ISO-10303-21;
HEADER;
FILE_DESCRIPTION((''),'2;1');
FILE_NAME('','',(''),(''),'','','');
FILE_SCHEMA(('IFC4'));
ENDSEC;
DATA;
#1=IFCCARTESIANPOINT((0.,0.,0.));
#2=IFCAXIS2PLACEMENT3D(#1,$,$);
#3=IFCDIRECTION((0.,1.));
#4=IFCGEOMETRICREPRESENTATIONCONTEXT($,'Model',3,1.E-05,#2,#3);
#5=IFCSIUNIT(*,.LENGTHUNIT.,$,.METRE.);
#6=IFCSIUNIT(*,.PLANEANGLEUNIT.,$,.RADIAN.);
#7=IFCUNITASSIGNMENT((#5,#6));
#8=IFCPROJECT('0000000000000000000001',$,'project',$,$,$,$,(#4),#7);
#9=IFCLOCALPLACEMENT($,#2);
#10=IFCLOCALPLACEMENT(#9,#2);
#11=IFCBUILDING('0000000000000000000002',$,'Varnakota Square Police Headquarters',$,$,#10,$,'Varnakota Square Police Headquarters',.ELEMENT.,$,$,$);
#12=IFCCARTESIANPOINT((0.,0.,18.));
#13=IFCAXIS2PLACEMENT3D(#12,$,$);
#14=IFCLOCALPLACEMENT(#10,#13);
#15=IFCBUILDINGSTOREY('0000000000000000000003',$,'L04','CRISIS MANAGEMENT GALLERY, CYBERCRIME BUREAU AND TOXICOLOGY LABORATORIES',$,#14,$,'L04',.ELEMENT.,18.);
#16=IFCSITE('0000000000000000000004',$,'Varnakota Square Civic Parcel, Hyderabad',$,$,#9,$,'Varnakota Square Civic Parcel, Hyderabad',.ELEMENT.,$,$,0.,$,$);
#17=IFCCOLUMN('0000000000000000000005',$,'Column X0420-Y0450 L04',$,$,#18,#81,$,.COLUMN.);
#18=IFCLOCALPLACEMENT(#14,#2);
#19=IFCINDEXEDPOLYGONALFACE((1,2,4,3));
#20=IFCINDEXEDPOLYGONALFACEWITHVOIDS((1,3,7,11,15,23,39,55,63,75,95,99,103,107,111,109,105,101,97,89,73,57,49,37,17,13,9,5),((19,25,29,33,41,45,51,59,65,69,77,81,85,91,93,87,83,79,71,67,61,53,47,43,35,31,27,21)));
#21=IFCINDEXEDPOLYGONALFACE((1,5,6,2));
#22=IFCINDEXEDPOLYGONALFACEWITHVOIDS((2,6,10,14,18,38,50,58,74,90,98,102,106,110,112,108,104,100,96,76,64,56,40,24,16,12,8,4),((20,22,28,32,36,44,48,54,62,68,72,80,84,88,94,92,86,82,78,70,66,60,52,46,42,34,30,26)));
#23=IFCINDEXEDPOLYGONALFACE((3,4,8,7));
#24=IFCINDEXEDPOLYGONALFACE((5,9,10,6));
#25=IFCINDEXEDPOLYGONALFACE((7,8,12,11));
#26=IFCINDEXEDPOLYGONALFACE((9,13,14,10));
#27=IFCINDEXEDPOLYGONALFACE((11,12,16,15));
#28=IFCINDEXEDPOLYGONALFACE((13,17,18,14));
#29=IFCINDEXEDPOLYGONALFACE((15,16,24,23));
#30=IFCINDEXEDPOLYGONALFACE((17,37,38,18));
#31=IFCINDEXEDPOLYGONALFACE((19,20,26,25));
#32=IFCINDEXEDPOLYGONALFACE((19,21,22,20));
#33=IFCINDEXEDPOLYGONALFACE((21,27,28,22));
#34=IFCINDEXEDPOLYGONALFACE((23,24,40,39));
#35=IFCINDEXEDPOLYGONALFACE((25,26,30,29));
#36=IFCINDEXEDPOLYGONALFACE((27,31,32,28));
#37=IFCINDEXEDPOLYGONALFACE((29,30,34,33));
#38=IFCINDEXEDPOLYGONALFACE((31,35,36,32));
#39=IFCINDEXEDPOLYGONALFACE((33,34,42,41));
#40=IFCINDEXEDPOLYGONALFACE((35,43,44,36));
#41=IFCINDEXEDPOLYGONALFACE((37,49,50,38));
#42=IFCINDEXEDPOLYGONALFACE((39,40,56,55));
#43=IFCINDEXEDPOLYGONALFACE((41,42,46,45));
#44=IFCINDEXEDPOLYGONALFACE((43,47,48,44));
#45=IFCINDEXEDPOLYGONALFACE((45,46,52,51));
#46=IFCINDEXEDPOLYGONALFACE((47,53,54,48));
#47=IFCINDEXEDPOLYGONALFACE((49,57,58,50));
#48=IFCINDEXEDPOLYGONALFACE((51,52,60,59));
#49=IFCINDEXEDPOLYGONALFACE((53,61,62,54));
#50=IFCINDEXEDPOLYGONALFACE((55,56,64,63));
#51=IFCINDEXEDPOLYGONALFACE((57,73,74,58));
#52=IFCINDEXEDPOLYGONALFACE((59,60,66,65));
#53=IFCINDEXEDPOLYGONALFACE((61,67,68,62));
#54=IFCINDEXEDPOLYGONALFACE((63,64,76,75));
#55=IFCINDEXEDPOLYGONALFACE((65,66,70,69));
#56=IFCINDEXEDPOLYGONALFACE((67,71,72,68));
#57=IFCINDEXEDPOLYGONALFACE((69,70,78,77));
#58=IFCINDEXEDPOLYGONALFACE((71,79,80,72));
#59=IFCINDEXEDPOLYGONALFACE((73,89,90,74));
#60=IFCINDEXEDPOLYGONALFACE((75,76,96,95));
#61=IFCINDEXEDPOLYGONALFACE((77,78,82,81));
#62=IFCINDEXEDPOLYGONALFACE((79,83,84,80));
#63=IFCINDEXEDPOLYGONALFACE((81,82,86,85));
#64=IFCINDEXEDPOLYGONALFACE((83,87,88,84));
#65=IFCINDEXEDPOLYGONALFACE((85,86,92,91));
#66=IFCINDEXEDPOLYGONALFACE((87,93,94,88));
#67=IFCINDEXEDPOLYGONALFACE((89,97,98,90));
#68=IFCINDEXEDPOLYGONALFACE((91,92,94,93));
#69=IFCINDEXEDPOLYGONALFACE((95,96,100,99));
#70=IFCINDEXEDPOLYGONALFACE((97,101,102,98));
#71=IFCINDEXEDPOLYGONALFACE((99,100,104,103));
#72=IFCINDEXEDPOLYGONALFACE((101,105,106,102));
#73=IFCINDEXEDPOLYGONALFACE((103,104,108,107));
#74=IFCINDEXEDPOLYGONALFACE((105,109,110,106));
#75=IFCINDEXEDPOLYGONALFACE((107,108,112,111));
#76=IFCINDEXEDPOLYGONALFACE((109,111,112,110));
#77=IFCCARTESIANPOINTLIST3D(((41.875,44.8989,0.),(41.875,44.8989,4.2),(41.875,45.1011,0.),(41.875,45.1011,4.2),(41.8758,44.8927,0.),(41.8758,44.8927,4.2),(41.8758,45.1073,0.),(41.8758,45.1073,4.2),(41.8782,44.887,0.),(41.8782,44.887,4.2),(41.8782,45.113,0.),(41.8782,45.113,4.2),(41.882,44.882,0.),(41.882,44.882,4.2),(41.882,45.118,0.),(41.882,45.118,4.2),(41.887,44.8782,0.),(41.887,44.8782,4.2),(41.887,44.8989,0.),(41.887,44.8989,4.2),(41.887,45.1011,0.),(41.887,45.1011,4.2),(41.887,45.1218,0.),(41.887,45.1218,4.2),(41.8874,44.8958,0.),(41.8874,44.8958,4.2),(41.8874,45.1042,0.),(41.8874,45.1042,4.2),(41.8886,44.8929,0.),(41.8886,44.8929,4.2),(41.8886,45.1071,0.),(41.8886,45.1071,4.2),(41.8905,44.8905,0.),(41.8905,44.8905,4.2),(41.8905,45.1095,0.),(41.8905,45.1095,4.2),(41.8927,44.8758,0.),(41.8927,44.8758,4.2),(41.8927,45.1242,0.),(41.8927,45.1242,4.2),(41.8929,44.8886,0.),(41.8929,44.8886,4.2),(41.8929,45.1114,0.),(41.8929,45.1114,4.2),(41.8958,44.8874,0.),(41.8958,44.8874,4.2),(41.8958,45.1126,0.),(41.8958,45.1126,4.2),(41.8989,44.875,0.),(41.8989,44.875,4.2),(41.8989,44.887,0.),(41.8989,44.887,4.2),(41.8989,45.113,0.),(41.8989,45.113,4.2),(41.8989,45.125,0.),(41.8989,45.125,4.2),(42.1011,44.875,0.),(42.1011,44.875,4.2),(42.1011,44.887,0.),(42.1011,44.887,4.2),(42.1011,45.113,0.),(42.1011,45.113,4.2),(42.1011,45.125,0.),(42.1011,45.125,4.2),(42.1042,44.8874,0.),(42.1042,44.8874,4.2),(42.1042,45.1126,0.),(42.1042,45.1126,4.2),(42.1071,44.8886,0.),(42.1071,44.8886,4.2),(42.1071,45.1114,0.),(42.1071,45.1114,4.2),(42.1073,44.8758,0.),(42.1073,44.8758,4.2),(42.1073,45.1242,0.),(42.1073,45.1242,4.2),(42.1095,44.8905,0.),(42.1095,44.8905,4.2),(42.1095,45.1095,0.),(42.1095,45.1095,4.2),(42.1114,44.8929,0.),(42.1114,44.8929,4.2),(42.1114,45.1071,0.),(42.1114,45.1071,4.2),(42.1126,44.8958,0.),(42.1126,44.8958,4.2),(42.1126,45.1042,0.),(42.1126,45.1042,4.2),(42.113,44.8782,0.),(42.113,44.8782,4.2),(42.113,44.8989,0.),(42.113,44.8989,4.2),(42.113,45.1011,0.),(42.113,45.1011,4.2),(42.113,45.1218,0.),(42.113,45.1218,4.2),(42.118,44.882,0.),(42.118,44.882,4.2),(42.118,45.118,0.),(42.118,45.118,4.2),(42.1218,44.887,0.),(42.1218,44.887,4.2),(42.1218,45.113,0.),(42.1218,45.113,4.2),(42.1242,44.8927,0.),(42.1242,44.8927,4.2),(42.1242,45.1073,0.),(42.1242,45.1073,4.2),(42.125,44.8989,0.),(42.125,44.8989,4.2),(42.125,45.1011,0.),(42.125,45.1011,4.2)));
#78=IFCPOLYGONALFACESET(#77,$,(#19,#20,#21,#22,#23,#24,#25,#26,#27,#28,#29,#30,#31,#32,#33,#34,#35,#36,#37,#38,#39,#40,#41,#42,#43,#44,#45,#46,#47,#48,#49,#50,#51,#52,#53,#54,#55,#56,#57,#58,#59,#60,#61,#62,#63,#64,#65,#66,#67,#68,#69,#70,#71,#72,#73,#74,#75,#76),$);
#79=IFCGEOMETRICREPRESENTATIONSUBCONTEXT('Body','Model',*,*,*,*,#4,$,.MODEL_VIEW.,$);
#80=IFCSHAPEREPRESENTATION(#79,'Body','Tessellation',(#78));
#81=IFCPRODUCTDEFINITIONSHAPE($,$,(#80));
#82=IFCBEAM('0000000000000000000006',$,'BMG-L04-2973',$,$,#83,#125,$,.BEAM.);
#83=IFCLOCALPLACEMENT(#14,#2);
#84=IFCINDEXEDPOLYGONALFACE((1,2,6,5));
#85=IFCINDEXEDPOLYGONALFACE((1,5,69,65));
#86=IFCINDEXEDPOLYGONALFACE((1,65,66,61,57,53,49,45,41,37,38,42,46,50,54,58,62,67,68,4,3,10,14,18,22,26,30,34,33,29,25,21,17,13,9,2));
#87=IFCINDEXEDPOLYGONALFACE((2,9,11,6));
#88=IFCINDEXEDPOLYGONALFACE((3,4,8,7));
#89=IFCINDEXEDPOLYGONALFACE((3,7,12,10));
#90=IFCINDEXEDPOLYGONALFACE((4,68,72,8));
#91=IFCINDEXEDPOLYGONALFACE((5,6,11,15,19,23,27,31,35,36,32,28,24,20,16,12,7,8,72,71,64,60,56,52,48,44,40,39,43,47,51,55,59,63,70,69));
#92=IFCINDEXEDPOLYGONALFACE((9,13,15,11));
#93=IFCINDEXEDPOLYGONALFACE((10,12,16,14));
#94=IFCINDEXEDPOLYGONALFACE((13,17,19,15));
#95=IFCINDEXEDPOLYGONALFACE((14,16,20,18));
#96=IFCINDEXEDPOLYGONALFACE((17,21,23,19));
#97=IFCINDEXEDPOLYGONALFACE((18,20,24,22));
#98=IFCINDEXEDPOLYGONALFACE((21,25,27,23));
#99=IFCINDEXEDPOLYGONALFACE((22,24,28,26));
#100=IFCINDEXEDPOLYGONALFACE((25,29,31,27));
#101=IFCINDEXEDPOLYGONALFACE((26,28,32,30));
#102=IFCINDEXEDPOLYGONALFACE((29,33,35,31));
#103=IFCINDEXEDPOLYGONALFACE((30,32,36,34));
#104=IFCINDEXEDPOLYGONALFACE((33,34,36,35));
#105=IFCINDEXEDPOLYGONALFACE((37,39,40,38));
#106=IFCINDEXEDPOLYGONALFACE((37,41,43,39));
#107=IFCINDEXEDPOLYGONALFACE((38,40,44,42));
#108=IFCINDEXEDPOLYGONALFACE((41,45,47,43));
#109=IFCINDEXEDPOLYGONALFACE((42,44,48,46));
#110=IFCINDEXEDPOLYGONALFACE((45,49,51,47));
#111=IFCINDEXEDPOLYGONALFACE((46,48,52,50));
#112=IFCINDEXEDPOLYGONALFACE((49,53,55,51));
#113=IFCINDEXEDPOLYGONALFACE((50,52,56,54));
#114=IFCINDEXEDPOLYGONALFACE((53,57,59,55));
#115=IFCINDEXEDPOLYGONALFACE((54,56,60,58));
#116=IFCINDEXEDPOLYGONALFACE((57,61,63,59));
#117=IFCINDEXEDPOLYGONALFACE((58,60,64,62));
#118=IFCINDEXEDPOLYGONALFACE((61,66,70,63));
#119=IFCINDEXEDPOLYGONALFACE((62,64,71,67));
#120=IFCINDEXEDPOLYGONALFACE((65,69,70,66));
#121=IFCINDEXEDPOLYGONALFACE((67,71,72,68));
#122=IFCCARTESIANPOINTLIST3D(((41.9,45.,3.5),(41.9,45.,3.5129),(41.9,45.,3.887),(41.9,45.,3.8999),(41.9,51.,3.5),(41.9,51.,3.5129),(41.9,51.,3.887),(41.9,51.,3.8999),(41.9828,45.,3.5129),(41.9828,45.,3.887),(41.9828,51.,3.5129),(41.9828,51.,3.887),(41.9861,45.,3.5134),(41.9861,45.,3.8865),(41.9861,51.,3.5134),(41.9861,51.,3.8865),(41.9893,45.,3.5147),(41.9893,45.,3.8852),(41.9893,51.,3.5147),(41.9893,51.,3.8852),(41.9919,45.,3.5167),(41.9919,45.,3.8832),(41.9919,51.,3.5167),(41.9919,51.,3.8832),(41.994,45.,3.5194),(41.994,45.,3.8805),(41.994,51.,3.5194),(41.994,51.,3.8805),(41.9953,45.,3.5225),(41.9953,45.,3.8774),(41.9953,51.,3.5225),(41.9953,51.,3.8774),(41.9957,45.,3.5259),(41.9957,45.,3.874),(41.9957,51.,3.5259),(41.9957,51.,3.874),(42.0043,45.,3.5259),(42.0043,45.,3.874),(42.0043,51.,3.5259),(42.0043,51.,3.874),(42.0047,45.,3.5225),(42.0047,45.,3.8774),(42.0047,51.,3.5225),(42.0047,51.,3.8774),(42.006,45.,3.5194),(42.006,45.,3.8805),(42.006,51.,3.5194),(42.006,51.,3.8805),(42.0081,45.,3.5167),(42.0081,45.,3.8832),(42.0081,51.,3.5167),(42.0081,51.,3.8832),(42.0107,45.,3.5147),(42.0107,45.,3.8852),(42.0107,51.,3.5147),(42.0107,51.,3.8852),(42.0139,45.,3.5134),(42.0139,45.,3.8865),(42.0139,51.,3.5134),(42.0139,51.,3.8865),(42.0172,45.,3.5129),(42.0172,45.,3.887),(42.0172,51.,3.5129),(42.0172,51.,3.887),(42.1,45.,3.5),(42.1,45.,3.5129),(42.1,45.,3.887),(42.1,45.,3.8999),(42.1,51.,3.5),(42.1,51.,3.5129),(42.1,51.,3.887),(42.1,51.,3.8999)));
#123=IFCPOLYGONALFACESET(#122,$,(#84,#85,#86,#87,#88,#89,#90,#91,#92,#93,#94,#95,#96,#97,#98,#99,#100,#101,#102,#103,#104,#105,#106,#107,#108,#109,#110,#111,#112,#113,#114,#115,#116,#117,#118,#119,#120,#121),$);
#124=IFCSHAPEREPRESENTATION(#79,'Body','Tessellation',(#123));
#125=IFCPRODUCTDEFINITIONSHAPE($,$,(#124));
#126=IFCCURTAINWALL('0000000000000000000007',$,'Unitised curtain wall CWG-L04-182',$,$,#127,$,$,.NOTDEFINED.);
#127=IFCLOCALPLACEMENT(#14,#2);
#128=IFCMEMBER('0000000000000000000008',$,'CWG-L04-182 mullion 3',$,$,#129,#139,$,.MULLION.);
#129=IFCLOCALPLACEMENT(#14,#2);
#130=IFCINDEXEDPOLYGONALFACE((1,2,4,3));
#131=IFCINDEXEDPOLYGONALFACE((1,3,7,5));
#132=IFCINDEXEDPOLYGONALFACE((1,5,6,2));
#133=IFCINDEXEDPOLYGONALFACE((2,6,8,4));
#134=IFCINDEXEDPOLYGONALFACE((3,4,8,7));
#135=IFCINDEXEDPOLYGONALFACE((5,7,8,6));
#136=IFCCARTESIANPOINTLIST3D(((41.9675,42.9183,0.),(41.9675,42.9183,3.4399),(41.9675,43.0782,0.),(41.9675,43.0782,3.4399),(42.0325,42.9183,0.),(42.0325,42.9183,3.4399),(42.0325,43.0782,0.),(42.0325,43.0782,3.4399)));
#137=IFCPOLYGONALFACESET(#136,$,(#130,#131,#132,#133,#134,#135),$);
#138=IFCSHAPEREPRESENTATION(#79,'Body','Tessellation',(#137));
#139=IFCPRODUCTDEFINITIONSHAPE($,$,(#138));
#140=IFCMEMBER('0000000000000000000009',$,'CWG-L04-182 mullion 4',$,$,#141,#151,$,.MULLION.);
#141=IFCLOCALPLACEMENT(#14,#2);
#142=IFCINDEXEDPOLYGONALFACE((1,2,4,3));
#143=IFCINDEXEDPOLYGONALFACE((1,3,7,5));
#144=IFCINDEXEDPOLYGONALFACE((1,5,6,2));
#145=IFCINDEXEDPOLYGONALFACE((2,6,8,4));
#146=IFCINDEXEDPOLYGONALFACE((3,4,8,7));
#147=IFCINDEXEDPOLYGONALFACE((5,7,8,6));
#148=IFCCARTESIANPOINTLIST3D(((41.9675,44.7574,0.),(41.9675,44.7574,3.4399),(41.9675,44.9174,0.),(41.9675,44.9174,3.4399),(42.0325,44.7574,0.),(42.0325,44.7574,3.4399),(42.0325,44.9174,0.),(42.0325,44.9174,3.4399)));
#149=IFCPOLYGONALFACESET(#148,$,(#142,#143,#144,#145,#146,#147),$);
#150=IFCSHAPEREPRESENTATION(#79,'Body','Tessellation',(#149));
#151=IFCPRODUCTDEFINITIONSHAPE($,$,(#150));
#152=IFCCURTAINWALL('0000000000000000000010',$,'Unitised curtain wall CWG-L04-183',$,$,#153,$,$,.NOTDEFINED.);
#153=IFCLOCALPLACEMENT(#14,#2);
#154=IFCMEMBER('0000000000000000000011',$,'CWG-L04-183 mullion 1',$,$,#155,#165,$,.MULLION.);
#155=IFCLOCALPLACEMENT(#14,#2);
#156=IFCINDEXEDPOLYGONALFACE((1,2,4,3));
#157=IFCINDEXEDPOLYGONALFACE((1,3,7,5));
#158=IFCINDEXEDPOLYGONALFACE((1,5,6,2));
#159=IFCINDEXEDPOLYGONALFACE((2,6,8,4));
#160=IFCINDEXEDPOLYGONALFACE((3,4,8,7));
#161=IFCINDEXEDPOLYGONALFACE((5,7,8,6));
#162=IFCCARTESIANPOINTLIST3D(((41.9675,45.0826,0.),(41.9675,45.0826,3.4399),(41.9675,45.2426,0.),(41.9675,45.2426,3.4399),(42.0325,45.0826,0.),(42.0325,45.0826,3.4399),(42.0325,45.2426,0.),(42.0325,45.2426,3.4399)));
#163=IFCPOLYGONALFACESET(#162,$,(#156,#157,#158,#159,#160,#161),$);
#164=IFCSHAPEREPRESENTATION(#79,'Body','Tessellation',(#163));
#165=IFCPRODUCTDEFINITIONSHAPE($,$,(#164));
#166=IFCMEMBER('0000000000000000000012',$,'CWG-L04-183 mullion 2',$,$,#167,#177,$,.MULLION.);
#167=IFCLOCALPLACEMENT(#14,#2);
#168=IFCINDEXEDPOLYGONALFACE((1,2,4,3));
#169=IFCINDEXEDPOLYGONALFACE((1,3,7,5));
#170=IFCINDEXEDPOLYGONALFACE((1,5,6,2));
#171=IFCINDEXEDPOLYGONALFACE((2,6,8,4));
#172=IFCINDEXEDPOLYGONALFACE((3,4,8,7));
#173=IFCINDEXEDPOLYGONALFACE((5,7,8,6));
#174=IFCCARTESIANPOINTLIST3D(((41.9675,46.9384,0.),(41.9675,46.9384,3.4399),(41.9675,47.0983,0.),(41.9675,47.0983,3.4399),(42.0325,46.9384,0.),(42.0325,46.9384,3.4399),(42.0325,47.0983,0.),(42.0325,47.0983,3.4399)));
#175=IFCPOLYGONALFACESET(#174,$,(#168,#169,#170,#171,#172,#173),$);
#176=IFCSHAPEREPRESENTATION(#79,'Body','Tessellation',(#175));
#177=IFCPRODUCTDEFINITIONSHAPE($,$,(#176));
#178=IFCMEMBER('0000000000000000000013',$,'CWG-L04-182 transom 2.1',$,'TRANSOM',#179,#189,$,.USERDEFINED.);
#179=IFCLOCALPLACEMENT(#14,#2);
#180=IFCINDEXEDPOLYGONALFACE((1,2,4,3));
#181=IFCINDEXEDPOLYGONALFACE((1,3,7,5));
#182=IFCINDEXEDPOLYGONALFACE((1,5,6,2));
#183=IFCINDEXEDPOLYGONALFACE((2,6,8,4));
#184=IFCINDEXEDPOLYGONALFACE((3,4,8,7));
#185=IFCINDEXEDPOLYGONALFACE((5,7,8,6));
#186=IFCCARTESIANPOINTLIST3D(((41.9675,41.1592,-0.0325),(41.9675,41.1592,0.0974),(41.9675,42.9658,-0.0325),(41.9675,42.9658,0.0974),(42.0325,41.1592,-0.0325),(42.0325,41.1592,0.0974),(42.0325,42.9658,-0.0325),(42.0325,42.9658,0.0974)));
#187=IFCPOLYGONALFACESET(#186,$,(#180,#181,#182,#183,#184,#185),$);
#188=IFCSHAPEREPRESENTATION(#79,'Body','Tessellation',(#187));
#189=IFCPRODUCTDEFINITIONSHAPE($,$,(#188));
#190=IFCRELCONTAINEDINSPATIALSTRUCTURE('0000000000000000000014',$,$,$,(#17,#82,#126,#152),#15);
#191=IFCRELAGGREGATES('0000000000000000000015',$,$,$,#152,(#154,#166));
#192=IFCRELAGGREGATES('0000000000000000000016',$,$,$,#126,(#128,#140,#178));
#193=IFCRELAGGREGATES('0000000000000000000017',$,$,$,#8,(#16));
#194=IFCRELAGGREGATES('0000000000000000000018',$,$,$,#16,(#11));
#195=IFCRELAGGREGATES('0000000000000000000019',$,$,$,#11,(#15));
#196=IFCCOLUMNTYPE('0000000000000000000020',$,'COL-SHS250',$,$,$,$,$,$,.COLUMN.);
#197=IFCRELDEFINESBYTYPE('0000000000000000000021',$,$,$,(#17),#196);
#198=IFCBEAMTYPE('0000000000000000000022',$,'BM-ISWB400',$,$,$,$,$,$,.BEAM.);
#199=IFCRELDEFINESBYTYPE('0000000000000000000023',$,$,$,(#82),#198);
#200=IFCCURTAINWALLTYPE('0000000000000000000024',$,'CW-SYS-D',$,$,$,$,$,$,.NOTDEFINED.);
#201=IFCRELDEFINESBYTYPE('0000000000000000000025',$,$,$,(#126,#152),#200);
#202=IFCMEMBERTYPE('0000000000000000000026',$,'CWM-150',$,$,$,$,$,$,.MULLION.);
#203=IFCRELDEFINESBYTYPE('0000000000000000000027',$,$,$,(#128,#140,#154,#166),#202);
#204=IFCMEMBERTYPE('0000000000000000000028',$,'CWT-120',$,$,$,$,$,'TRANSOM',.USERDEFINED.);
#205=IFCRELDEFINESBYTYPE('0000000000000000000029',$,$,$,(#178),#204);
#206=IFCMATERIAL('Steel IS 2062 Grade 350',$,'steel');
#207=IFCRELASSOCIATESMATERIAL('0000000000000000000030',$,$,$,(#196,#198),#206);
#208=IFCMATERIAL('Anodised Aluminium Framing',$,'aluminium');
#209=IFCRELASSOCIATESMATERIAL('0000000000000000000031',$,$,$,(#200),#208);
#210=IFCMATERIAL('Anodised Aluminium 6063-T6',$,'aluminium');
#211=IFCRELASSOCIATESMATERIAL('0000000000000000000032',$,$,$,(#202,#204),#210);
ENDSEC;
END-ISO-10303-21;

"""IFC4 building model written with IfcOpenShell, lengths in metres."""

from ifc_helpers import new_model, si_unit, direction, frame, origin, origin_2d, place, context, subcontext, project, spatial, rectangle, hollow_rectangle, i_section, extrude, material, material_profile, profile_set, type_object, element, aggregate, save


model = new_model("IFC4")

# Units and contexts
model_context = context("Model", 3, precision=1e-05, world=origin(), true_north=direction((0.0, 1.0)))
body_context = subcontext(model_context, "Body", "Model", "MODEL_VIEW")
ifc_project = project(units=[si_unit("LENGTHUNIT", "METRE"), si_unit("PLANEANGLEUNIT", "RADIAN")], contexts=[model_context])

# Site, building, storey
site_placement = place(None, origin())
site = spatial("IfcSite", under=ifc_project, at=site_placement, Name="Varnakota Square Civic Parcel, Hyderabad", LongName="Varnakota Square Civic Parcel, Hyderabad", CompositionType="ELEMENT", RefElevation=0.0)
building_placement = place(site_placement, origin())
building = spatial("IfcBuilding", under=site, at=building_placement, Name="Varnakota Square Police Headquarters", LongName="Varnakota Square Police Headquarters", CompositionType="ELEMENT")
storey_placement = place(building_placement, frame((0.0, 0.0, 18.0)))
storey = spatial("IfcBuildingStorey", under=building, at=storey_placement, Name="L04", Description="CRISIS MANAGEMENT GALLERY, CYBERCRIME BUREAU AND TOXICOLOGY LABORATORIES", LongName="L04", CompositionType="ELEMENT", Elevation=18.0)

# Column
ifc_material_1 = material(Name="Steel IS 2062 Grade 350", Category="steel")
ifc_material_profile_1 = material_profile(ifc_material_1, hollow_rectangle(XDim=0.25, YDim=0.25, WallThickness=0.012, InnerFilletRadius=0.012, OuterFilletRadius=0.0239, at=origin_2d()), Name="SHS 250x250x12")
ifc_profile_set_1 = profile_set([ifc_material_profile_1], Name="Steel IS 2062 Grade 350")
column_type = type_object("IfcColumnType", Name="COL-SHS250", PredefinedType="COLUMN", material=ifc_profile_set_1)
column_placement = place(storey_placement, frame((42.0, 45.0, 0.0), z_axis=(0.0, 0.0, 1.0), x_axis=(1.0, 0.0, 0.0)))
element("IfcColumn", 1, at=column_placement, inside=storey, type_object=column_type, Name="Column X0420-Y0450 L04", PredefinedType="COLUMN", context=body_context, shape_type="SweptSolid", body=[
    extrude(hollow_rectangle(XDim=0.25, YDim=0.25, WallThickness=0.012, InnerFilletRadius=0.012, OuterFilletRadius=0.0239, at=origin_2d()), origin(), (0.0, 0.0, 1.0), 4.2),
])

# Beam
ifc_material_profile_2 = material_profile(ifc_material_1, i_section(OverallWidth=0.2, OverallDepth=0.3999, WebThickness=0.0085, FlangeThickness=0.0129, FilletRadius=0.0129, at=origin_2d()), Name="ISWB 400")
ifc_profile_set_2 = profile_set([ifc_material_profile_2], Name="Steel IS 2062 Grade 350")
beam_type = type_object("IfcBeamType", Name="BM-ISWB400", PredefinedType="BEAM", material=ifc_profile_set_2)
beam_placement = place(storey_placement, frame((42.0, 45.0, 3.7), z_axis=(0.0, 1.0, 0.0), x_axis=(-1.0, 0.0, 0.0)))
element("IfcBeam", 2, at=beam_placement, inside=storey, type_object=beam_type, Name="BMG-L04-2973", PredefinedType="BEAM", context=body_context, shape_type="SweptSolid", body=[
    extrude(i_section(OverallWidth=0.2, OverallDepth=0.3999, WebThickness=0.0085, FlangeThickness=0.0129, FilletRadius=0.0129, at=origin_2d()), origin(), (0.0, 0.0, 1.0), 6.0),
])

# Curtain walls, members
ifc_material_2 = material(Name="Anodised Aluminium Framing", Category="aluminium")
curtain_wall_type = type_object("IfcCurtainWallType", Name="CW-SYS-D", PredefinedType="NOTDEFINED", material=ifc_material_2)
curtain_wall_1_placement = place(storey_placement, origin())
curtain_wall_1 = element("IfcCurtainWall", 3, at=curtain_wall_1_placement, inside=storey, type_object=curtain_wall_type, Name="Unitised curtain wall CWG-L04-182", PredefinedType="NOTDEFINED")
ifc_material_3 = material(Name="Anodised Aluminium 6063-T6", Category="aluminium")
ifc_material_profile_3 = material_profile(ifc_material_3, rectangle(XDim=0.0649, YDim=0.1599, at=origin_2d()), Name="ALU MULLION 65x160")
ifc_profile_set_3 = profile_set([ifc_material_profile_3], Name="Anodised Aluminium 6063-T6")
member_type_1 = type_object("IfcMemberType", Name="CWM-150", PredefinedType="MULLION", material=ifc_profile_set_3)
member_1_placement = place(storey_placement, frame((42.0, 42.9983, 0.0), z_axis=(0.0, 0.0, 1.0), x_axis=(-1.0, 0.0, 0.0)))
member_1 = element("IfcMember", 4, at=member_1_placement, type_object=member_type_1, Name="CWG-L04-182 mullion 3", PredefinedType="MULLION", context=body_context, shape_type="SweptSolid", body=[
    extrude(rectangle(XDim=0.0649, YDim=0.1599, at=origin_2d()), origin(), (0.0, 0.0, 1.0), 3.4399),
])
member_2_placement = place(storey_placement, frame((42.0, 44.8374, 0.0), z_axis=(0.0, 0.0, 1.0), x_axis=(-1.0, 0.0, 0.0)))
member_2 = element("IfcMember", 5, at=member_2_placement, type_object=member_type_1, Name="CWG-L04-182 mullion 4", PredefinedType="MULLION", context=body_context, shape_type="SweptSolid", body=[
    extrude(rectangle(XDim=0.0649, YDim=0.1599, at=origin_2d()), origin(), (0.0, 0.0, 1.0), 3.4399),
])
curtain_wall_2_placement = place(storey_placement, origin())
curtain_wall_2 = element("IfcCurtainWall", 6, at=curtain_wall_2_placement, inside=storey, type_object=curtain_wall_type, Name="Unitised curtain wall CWG-L04-183", PredefinedType="NOTDEFINED")
member_3_placement = place(storey_placement, frame((42.0, 45.1626, 0.0), z_axis=(0.0, 0.0, 1.0), x_axis=(-1.0, 0.0, 0.0)))
member_3 = element("IfcMember", 7, at=member_3_placement, type_object=member_type_1, Name="CWG-L04-183 mullion 1", PredefinedType="MULLION", context=body_context, shape_type="SweptSolid", body=[
    extrude(rectangle(XDim=0.0649, YDim=0.1599, at=origin_2d()), origin(), (0.0, 0.0, 1.0), 3.4399),
])
member_4_placement = place(storey_placement, frame((42.0, 47.0183, 0.0), z_axis=(0.0, 0.0, 1.0), x_axis=(-1.0, 0.0, 0.0)))
member_4 = element("IfcMember", 8, at=member_4_placement, type_object=member_type_1, Name="CWG-L04-183 mullion 2", PredefinedType="MULLION", context=body_context, shape_type="SweptSolid", body=[
    extrude(rectangle(XDim=0.0649, YDim=0.1599, at=origin_2d()), origin(), (0.0, 0.0, 1.0), 3.4399),
])

# Member
ifc_material_profile_4 = material_profile(ifc_material_3, rectangle(XDim=0.0649, YDim=0.1299, at=origin_2d()), Name="ALU TRANSOM 65x130")
ifc_profile_set_4 = profile_set([ifc_material_profile_4], Name="Anodised Aluminium 6063-T6")
member_type_2 = type_object("IfcMemberType", Name="CWT-120", ElementType="TRANSOM", PredefinedType="USERDEFINED", material=ifc_profile_set_4)
member_5_placement = place(storey_placement, frame((42.0, 41.1592, 0.0325), z_axis=(0.0, 1.0, 0.0), x_axis=(-1.0, 0.0, 0.0)))
member_5 = element("IfcMember", 9, at=member_5_placement, type_object=member_type_2, Name="CWG-L04-182 transom 2.1", ObjectType="TRANSOM", PredefinedType="USERDEFINED", context=body_context, shape_type="SweptSolid", body=[
    extrude(rectangle(XDim=0.0649, YDim=0.1299, at=origin_2d()), origin(), (0.0, 0.0, 1.0), 1.8066),
])

aggregate(curtain_wall_2, [member_3, member_4])
aggregate(curtain_wall_1, [member_1, member_2, member_5])

save(model, "model.ifc")
